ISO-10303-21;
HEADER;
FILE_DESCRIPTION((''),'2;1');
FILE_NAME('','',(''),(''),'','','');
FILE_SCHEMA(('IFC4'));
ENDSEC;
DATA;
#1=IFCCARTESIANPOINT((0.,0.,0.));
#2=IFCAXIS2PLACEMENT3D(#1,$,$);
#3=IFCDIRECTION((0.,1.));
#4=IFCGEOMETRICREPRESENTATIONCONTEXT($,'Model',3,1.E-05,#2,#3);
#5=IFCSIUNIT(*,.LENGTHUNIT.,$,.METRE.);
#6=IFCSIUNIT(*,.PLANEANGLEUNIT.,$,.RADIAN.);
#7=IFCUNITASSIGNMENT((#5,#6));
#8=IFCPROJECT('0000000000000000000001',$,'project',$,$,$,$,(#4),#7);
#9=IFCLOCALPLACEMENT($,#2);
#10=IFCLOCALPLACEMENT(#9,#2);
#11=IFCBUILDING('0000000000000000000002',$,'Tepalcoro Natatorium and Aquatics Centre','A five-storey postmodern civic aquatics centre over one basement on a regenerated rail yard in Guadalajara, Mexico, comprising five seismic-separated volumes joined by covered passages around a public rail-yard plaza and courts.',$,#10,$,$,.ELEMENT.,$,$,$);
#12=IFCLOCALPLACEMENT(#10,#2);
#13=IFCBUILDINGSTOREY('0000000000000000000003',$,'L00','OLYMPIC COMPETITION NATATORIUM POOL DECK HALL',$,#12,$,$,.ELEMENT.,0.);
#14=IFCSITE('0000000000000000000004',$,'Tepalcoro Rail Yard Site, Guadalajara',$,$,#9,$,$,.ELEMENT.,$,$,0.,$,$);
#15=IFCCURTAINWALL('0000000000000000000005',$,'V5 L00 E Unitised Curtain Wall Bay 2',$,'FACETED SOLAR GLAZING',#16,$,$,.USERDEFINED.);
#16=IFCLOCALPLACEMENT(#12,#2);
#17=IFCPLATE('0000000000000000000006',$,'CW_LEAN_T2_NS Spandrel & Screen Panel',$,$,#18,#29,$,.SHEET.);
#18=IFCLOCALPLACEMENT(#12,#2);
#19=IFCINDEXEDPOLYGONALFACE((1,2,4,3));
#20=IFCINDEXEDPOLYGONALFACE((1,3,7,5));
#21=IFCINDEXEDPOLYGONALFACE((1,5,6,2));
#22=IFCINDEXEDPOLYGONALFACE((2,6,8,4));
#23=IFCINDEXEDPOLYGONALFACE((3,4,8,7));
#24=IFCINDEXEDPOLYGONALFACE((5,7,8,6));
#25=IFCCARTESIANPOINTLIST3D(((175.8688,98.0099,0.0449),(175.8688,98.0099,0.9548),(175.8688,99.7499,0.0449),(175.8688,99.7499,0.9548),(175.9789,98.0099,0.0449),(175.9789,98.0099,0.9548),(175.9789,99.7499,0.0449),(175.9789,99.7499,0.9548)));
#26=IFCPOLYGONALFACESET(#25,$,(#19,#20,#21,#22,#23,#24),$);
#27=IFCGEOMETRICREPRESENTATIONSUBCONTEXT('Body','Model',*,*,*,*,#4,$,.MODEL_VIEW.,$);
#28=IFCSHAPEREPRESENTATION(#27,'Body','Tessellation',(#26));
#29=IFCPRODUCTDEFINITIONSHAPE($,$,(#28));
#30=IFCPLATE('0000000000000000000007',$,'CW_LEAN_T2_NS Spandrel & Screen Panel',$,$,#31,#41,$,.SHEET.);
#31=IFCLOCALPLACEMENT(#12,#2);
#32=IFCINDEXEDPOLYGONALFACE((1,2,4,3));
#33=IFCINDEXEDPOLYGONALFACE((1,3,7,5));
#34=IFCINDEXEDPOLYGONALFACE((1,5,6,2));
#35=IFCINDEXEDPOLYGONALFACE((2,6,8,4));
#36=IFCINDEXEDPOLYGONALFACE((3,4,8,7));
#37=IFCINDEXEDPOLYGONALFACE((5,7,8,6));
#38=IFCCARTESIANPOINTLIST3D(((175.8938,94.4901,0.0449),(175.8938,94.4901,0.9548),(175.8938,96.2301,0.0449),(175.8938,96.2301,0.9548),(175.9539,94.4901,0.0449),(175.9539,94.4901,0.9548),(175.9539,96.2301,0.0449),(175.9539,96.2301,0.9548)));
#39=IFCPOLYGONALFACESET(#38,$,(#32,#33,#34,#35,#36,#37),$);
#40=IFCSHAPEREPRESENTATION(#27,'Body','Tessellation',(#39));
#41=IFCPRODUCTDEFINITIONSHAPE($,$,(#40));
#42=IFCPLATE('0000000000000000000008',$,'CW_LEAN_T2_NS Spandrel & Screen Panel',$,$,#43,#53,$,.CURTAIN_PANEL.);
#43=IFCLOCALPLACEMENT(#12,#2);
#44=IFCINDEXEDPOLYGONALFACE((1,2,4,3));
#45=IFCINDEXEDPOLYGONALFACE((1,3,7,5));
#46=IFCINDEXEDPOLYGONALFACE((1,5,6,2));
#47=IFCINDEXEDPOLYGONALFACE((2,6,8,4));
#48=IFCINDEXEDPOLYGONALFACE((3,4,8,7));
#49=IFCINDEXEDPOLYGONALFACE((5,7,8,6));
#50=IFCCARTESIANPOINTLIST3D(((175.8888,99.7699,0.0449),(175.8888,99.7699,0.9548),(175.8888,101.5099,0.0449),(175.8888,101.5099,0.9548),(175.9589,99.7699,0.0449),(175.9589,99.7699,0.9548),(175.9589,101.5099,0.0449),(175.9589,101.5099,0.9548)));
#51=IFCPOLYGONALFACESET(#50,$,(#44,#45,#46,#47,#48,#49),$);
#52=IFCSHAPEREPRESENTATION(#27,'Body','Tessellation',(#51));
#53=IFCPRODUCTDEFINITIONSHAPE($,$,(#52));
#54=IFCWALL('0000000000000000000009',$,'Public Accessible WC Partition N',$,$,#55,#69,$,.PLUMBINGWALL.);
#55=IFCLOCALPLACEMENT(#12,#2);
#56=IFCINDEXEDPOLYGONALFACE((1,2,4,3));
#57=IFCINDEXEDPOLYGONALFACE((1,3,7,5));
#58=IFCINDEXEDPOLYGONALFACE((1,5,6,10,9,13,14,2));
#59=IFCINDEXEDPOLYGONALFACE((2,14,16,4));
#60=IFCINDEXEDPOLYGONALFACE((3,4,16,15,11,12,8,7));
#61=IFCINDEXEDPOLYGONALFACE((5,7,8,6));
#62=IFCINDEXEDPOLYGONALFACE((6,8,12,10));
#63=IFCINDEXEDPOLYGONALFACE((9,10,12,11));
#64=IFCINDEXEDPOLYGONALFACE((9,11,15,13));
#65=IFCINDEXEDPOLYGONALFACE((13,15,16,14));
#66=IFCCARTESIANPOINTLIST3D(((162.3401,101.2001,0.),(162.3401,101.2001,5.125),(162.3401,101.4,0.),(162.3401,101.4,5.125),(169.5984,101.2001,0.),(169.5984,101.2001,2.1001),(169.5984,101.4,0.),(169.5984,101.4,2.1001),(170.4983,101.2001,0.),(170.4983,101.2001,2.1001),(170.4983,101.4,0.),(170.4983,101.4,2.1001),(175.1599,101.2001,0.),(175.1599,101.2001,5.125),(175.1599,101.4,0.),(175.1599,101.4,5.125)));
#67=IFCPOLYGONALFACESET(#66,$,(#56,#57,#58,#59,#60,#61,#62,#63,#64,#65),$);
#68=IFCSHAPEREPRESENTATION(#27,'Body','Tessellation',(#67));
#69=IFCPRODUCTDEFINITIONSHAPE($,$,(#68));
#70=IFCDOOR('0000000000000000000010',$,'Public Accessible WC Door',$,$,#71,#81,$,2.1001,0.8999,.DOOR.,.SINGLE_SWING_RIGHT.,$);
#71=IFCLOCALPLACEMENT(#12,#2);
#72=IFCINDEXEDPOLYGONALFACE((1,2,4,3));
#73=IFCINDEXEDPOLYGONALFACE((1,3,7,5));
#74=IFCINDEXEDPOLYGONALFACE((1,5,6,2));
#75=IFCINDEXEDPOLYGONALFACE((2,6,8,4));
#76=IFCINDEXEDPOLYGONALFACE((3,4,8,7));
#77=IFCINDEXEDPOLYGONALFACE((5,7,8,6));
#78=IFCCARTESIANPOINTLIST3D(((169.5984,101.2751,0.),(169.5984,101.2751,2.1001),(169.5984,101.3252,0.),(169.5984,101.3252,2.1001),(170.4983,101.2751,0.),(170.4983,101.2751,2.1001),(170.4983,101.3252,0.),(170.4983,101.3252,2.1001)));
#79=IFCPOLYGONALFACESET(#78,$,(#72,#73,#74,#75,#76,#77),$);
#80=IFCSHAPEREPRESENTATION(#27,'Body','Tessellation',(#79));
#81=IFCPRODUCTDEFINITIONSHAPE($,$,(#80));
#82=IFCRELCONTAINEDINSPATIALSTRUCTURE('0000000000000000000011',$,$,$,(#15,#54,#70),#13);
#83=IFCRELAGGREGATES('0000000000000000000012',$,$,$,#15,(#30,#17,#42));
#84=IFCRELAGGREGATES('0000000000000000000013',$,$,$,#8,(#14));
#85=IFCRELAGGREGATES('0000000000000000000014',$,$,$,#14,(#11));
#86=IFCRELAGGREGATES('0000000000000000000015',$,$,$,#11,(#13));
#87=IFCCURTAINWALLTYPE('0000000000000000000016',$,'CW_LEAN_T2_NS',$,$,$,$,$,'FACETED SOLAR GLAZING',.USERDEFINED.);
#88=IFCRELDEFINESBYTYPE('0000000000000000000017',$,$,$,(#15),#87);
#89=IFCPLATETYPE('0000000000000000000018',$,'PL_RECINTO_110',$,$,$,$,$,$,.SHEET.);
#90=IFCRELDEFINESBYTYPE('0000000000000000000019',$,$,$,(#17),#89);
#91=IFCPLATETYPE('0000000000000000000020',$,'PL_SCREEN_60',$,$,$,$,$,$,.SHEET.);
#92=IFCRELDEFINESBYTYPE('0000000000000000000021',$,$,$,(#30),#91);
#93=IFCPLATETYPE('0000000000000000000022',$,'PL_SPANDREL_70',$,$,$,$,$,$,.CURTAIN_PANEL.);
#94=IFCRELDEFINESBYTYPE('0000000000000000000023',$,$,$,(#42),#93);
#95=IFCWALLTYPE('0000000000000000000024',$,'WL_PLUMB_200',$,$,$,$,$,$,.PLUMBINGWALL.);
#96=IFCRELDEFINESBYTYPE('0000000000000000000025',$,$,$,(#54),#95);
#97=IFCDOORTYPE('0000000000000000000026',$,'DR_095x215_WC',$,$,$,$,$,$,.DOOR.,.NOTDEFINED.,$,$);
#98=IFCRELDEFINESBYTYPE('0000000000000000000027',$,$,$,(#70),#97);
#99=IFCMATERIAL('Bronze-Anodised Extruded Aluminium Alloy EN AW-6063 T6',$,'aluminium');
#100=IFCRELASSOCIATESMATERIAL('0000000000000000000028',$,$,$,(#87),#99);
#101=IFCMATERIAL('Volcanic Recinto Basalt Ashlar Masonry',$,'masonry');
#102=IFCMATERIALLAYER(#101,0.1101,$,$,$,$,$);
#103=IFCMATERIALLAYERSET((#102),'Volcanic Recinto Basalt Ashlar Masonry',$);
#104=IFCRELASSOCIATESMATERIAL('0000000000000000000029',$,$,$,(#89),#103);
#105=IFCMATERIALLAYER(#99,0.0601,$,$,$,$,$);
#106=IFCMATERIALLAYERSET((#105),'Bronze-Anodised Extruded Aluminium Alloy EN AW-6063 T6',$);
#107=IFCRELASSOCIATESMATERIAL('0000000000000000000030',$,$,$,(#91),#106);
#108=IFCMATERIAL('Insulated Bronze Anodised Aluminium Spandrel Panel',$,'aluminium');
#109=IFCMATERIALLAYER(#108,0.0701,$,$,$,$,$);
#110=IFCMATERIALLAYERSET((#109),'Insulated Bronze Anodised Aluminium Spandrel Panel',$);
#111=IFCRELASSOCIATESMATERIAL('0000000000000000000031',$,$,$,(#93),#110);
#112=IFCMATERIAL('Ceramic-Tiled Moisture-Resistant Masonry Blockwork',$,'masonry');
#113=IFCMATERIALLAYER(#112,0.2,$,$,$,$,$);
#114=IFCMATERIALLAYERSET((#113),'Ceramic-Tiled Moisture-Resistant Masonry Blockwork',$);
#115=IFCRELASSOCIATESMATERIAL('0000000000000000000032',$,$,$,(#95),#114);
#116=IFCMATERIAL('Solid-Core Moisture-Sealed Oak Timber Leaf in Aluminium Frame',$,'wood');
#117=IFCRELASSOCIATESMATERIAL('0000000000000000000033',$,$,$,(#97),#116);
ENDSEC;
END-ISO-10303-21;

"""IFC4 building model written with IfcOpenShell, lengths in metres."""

from ifc_helpers import new_model, si_unit, direction, frame, frame_2d, origin, origin_2d, place, context, subcontext, project, spatial, rectangle, extrude, material, layer, layer_set, type_object, element, fill, aggregate, save


model = new_model("IFC4")

# Units and contexts
model_context = context("Model", 3, precision=1e-05, world=origin(), true_north=direction((0.0, 1.0)))
body_context = subcontext(model_context, "Body", "Model", "MODEL_VIEW")
ifc_project = project(units=[si_unit("LENGTHUNIT", "METRE"), si_unit("PLANEANGLEUNIT", "RADIAN")], contexts=[model_context])

# Site, building, storey
site_placement = place(None, origin())
site = spatial("IfcSite", under=ifc_project, at=site_placement, Name="Tepalcoro Rail Yard Site, Guadalajara", CompositionType="ELEMENT", RefElevation=0.0)
building_placement = place(site_placement, origin())
building = spatial("IfcBuilding", under=site, at=building_placement, Name="Tepalcoro Natatorium and Aquatics Centre", Description="A five-storey postmodern civic aquatics centre over one basement on a regenerated rail yard in Guadalajara, Mexico, comprising five seismic-separated volumes joined by covered passages around a public rail-yard plaza and courts.", CompositionType="ELEMENT")
storey_placement = place(building_placement, origin())
storey = spatial("IfcBuildingStorey", under=building, at=storey_placement, Name="L00", Description="OLYMPIC COMPETITION NATATORIUM POOL DECK HALL", CompositionType="ELEMENT", Elevation=0.0)

# Curtain wall
ifc_material_1 = material(Name="Bronze-Anodised Extruded Aluminium Alloy EN AW-6063 T6", Category="aluminium")
curtain_wall_type = type_object("IfcCurtainWallType", Name="CW_LEAN_T2_NS", ElementType="FACETED SOLAR GLAZING", PredefinedType="USERDEFINED", material=ifc_material_1)
curtain_wall_placement = place(storey_placement, origin())
curtain_wall = element("IfcCurtainWall", 1, at=curtain_wall_placement, inside=storey, type_object=curtain_wall_type, Name="V5 L00 E Unitised Curtain Wall Bay 2", ObjectType="FACETED SOLAR GLAZING", PredefinedType="USERDEFINED")

# Plates
ifc_material_2 = material(Name="Volcanic Recinto Basalt Ashlar Masonry", Category="masonry")
ifc_layer_1 = layer(ifc_material_2, 0.1101)
ifc_layer_set_1 = layer_set([ifc_layer_1], Name="Volcanic Recinto Basalt Ashlar Masonry")
plate_type_1 = type_object("IfcPlateType", Name="PL_RECINTO_110", PredefinedType="SHEET", material=ifc_layer_set_1)
plate_1_placement = place(storey_placement, frame((175.9238, 98.8799, 0.0449), z_axis=(0.0, 0.0, 1.0), x_axis=(1.0, 0.0, 0.0)))
plate_1 = element("IfcPlate", 2, at=plate_1_placement, type_object=plate_type_1, Name="CW_LEAN_T2_NS Spandrel & Screen Panel", PredefinedType="SHEET", context=body_context, shape_type="SweptSolid", body=[
    extrude(rectangle(XDim=0.1101, YDim=1.74, at=origin_2d()), origin(), (0.0, 0.0, 1.0), 0.9099),
])
ifc_layer_2 = layer(ifc_material_1, 0.0601)
ifc_layer_set_2 = layer_set([ifc_layer_2], Name="Bronze-Anodised Extruded Aluminium Alloy EN AW-6063 T6")
plate_type_2 = type_object("IfcPlateType", Name="PL_SCREEN_60", PredefinedType="SHEET", material=ifc_layer_set_2)
plate_2_placement = place(storey_placement, frame((175.9238, 95.3601, 0.0449), z_axis=(0.0, 0.0, 1.0), x_axis=(1.0, 0.0, 0.0)))
plate_2 = element("IfcPlate", 3, at=plate_2_placement, type_object=plate_type_2, Name="CW_LEAN_T2_NS Spandrel & Screen Panel", PredefinedType="SHEET", context=body_context, shape_type="SweptSolid", body=[
    extrude(rectangle(XDim=0.0601, YDim=1.74, at=origin_2d()), origin(), (0.0, 0.0, 1.0), 0.9099),
])
ifc_material_3 = material(Name="Insulated Bronze Anodised Aluminium Spandrel Panel", Category="aluminium")
ifc_layer_3 = layer(ifc_material_3, 0.0701)
ifc_layer_set_3 = layer_set([ifc_layer_3], Name="Insulated Bronze Anodised Aluminium Spandrel Panel")
plate_type_3 = type_object("IfcPlateType", Name="PL_SPANDREL_70", PredefinedType="CURTAIN_PANEL", material=ifc_layer_set_3)
plate_3_placement = place(storey_placement, frame((175.9238, 100.6399, 0.0449), z_axis=(0.0, 0.0, 1.0), x_axis=(1.0, 0.0, 0.0)))
plate_3 = element("IfcPlate", 4, at=plate_3_placement, type_object=plate_type_3, Name="CW_LEAN_T2_NS Spandrel & Screen Panel", PredefinedType="CURTAIN_PANEL", context=body_context, shape_type="SweptSolid", body=[
    extrude(rectangle(XDim=0.0701, YDim=1.74, at=origin_2d()), origin(), (0.0, 0.0, 1.0), 0.9099),
])
aggregate(curtain_wall, [plate_2, plate_1, plate_3])

# Wall, opening, door
ifc_material_4 = material(Name="Ceramic-Tiled Moisture-Resistant Masonry Blockwork", Category="masonry")
ifc_layer_4 = layer(ifc_material_4, 0.2)
ifc_layer_set_4 = layer_set([ifc_layer_4], Name="Ceramic-Tiled Moisture-Resistant Masonry Blockwork")
wall_type = type_object("IfcWallType", Name="WL_PLUMB_200", PredefinedType="PLUMBINGWALL", material=ifc_layer_set_4)
wall_placement = place(storey_placement, frame((162.3401, 101.3, 0.0), z_axis=(0.0, 0.0, 1.0), x_axis=(1.0, 0.0, 0.0)))
wall = element("IfcWall", 5, at=wall_placement, inside=storey, type_object=wall_type, Name="Public Accessible WC Partition N", PredefinedType="PLUMBINGWALL", context=body_context, shape_type="SweptSolid", body=[
    extrude(rectangle(XDim=12.8198, YDim=0.2, at=frame_2d((6.4099, 0.0))), origin(), (0.0, 0.0, 1.0), 5.125),
])
opening_placement = place(wall_placement, frame((7.2583, 0.0, 0.0)))
opening = element("IfcOpeningElement", 6, at=opening_placement, cuts=wall, PredefinedType="OPENING", context=body_context, shape_type="SweptSolid", body=[
    extrude(rectangle(XDim=0.8999, YDim=2.1001, at=frame_2d((0.45, 1.05))), frame((0.0, 0.1118, 0.0), z_axis=(0.0, -1.0, 0.0), x_axis=(1.0, 0.0, 0.0)), (0.0, 0.0, 1.0), 0.2239),
])
ifc_material_5 = material(Name="Solid-Core Moisture-Sealed Oak Timber Leaf in Aluminium Frame", Category="wood")
door_type = type_object("IfcDoorType", Name="DR_095x215_WC", OperationType="NOTDEFINED", PredefinedType="DOOR", material=ifc_material_5)
door_placement = place(opening_placement, frame((0.8999, 0.0, 0.0), z_axis=(0.0, 0.0, 1.0), x_axis=(-1.0, 0.0, 0.0)))
door = element("IfcDoor", 7, at=door_placement, inside=storey, type_object=door_type, Name="Public Accessible WC Door", OperationType="SINGLE_SWING_RIGHT", OverallHeight=2.1001, OverallWidth=0.8999, PredefinedType="DOOR", context=body_context, shape_type="SweptSolid", body=[
    extrude(rectangle(XDim=0.8999, YDim=2.1001, at=frame_2d((0.45, 1.05))), frame((0.0, 0.0249, 0.0), z_axis=(0.0, -1.0, 0.0), x_axis=(1.0, 0.0, 0.0)), (0.0, 0.0, 1.0), 0.05),
])
fill(opening, door)

save(model, "model.ifc")
